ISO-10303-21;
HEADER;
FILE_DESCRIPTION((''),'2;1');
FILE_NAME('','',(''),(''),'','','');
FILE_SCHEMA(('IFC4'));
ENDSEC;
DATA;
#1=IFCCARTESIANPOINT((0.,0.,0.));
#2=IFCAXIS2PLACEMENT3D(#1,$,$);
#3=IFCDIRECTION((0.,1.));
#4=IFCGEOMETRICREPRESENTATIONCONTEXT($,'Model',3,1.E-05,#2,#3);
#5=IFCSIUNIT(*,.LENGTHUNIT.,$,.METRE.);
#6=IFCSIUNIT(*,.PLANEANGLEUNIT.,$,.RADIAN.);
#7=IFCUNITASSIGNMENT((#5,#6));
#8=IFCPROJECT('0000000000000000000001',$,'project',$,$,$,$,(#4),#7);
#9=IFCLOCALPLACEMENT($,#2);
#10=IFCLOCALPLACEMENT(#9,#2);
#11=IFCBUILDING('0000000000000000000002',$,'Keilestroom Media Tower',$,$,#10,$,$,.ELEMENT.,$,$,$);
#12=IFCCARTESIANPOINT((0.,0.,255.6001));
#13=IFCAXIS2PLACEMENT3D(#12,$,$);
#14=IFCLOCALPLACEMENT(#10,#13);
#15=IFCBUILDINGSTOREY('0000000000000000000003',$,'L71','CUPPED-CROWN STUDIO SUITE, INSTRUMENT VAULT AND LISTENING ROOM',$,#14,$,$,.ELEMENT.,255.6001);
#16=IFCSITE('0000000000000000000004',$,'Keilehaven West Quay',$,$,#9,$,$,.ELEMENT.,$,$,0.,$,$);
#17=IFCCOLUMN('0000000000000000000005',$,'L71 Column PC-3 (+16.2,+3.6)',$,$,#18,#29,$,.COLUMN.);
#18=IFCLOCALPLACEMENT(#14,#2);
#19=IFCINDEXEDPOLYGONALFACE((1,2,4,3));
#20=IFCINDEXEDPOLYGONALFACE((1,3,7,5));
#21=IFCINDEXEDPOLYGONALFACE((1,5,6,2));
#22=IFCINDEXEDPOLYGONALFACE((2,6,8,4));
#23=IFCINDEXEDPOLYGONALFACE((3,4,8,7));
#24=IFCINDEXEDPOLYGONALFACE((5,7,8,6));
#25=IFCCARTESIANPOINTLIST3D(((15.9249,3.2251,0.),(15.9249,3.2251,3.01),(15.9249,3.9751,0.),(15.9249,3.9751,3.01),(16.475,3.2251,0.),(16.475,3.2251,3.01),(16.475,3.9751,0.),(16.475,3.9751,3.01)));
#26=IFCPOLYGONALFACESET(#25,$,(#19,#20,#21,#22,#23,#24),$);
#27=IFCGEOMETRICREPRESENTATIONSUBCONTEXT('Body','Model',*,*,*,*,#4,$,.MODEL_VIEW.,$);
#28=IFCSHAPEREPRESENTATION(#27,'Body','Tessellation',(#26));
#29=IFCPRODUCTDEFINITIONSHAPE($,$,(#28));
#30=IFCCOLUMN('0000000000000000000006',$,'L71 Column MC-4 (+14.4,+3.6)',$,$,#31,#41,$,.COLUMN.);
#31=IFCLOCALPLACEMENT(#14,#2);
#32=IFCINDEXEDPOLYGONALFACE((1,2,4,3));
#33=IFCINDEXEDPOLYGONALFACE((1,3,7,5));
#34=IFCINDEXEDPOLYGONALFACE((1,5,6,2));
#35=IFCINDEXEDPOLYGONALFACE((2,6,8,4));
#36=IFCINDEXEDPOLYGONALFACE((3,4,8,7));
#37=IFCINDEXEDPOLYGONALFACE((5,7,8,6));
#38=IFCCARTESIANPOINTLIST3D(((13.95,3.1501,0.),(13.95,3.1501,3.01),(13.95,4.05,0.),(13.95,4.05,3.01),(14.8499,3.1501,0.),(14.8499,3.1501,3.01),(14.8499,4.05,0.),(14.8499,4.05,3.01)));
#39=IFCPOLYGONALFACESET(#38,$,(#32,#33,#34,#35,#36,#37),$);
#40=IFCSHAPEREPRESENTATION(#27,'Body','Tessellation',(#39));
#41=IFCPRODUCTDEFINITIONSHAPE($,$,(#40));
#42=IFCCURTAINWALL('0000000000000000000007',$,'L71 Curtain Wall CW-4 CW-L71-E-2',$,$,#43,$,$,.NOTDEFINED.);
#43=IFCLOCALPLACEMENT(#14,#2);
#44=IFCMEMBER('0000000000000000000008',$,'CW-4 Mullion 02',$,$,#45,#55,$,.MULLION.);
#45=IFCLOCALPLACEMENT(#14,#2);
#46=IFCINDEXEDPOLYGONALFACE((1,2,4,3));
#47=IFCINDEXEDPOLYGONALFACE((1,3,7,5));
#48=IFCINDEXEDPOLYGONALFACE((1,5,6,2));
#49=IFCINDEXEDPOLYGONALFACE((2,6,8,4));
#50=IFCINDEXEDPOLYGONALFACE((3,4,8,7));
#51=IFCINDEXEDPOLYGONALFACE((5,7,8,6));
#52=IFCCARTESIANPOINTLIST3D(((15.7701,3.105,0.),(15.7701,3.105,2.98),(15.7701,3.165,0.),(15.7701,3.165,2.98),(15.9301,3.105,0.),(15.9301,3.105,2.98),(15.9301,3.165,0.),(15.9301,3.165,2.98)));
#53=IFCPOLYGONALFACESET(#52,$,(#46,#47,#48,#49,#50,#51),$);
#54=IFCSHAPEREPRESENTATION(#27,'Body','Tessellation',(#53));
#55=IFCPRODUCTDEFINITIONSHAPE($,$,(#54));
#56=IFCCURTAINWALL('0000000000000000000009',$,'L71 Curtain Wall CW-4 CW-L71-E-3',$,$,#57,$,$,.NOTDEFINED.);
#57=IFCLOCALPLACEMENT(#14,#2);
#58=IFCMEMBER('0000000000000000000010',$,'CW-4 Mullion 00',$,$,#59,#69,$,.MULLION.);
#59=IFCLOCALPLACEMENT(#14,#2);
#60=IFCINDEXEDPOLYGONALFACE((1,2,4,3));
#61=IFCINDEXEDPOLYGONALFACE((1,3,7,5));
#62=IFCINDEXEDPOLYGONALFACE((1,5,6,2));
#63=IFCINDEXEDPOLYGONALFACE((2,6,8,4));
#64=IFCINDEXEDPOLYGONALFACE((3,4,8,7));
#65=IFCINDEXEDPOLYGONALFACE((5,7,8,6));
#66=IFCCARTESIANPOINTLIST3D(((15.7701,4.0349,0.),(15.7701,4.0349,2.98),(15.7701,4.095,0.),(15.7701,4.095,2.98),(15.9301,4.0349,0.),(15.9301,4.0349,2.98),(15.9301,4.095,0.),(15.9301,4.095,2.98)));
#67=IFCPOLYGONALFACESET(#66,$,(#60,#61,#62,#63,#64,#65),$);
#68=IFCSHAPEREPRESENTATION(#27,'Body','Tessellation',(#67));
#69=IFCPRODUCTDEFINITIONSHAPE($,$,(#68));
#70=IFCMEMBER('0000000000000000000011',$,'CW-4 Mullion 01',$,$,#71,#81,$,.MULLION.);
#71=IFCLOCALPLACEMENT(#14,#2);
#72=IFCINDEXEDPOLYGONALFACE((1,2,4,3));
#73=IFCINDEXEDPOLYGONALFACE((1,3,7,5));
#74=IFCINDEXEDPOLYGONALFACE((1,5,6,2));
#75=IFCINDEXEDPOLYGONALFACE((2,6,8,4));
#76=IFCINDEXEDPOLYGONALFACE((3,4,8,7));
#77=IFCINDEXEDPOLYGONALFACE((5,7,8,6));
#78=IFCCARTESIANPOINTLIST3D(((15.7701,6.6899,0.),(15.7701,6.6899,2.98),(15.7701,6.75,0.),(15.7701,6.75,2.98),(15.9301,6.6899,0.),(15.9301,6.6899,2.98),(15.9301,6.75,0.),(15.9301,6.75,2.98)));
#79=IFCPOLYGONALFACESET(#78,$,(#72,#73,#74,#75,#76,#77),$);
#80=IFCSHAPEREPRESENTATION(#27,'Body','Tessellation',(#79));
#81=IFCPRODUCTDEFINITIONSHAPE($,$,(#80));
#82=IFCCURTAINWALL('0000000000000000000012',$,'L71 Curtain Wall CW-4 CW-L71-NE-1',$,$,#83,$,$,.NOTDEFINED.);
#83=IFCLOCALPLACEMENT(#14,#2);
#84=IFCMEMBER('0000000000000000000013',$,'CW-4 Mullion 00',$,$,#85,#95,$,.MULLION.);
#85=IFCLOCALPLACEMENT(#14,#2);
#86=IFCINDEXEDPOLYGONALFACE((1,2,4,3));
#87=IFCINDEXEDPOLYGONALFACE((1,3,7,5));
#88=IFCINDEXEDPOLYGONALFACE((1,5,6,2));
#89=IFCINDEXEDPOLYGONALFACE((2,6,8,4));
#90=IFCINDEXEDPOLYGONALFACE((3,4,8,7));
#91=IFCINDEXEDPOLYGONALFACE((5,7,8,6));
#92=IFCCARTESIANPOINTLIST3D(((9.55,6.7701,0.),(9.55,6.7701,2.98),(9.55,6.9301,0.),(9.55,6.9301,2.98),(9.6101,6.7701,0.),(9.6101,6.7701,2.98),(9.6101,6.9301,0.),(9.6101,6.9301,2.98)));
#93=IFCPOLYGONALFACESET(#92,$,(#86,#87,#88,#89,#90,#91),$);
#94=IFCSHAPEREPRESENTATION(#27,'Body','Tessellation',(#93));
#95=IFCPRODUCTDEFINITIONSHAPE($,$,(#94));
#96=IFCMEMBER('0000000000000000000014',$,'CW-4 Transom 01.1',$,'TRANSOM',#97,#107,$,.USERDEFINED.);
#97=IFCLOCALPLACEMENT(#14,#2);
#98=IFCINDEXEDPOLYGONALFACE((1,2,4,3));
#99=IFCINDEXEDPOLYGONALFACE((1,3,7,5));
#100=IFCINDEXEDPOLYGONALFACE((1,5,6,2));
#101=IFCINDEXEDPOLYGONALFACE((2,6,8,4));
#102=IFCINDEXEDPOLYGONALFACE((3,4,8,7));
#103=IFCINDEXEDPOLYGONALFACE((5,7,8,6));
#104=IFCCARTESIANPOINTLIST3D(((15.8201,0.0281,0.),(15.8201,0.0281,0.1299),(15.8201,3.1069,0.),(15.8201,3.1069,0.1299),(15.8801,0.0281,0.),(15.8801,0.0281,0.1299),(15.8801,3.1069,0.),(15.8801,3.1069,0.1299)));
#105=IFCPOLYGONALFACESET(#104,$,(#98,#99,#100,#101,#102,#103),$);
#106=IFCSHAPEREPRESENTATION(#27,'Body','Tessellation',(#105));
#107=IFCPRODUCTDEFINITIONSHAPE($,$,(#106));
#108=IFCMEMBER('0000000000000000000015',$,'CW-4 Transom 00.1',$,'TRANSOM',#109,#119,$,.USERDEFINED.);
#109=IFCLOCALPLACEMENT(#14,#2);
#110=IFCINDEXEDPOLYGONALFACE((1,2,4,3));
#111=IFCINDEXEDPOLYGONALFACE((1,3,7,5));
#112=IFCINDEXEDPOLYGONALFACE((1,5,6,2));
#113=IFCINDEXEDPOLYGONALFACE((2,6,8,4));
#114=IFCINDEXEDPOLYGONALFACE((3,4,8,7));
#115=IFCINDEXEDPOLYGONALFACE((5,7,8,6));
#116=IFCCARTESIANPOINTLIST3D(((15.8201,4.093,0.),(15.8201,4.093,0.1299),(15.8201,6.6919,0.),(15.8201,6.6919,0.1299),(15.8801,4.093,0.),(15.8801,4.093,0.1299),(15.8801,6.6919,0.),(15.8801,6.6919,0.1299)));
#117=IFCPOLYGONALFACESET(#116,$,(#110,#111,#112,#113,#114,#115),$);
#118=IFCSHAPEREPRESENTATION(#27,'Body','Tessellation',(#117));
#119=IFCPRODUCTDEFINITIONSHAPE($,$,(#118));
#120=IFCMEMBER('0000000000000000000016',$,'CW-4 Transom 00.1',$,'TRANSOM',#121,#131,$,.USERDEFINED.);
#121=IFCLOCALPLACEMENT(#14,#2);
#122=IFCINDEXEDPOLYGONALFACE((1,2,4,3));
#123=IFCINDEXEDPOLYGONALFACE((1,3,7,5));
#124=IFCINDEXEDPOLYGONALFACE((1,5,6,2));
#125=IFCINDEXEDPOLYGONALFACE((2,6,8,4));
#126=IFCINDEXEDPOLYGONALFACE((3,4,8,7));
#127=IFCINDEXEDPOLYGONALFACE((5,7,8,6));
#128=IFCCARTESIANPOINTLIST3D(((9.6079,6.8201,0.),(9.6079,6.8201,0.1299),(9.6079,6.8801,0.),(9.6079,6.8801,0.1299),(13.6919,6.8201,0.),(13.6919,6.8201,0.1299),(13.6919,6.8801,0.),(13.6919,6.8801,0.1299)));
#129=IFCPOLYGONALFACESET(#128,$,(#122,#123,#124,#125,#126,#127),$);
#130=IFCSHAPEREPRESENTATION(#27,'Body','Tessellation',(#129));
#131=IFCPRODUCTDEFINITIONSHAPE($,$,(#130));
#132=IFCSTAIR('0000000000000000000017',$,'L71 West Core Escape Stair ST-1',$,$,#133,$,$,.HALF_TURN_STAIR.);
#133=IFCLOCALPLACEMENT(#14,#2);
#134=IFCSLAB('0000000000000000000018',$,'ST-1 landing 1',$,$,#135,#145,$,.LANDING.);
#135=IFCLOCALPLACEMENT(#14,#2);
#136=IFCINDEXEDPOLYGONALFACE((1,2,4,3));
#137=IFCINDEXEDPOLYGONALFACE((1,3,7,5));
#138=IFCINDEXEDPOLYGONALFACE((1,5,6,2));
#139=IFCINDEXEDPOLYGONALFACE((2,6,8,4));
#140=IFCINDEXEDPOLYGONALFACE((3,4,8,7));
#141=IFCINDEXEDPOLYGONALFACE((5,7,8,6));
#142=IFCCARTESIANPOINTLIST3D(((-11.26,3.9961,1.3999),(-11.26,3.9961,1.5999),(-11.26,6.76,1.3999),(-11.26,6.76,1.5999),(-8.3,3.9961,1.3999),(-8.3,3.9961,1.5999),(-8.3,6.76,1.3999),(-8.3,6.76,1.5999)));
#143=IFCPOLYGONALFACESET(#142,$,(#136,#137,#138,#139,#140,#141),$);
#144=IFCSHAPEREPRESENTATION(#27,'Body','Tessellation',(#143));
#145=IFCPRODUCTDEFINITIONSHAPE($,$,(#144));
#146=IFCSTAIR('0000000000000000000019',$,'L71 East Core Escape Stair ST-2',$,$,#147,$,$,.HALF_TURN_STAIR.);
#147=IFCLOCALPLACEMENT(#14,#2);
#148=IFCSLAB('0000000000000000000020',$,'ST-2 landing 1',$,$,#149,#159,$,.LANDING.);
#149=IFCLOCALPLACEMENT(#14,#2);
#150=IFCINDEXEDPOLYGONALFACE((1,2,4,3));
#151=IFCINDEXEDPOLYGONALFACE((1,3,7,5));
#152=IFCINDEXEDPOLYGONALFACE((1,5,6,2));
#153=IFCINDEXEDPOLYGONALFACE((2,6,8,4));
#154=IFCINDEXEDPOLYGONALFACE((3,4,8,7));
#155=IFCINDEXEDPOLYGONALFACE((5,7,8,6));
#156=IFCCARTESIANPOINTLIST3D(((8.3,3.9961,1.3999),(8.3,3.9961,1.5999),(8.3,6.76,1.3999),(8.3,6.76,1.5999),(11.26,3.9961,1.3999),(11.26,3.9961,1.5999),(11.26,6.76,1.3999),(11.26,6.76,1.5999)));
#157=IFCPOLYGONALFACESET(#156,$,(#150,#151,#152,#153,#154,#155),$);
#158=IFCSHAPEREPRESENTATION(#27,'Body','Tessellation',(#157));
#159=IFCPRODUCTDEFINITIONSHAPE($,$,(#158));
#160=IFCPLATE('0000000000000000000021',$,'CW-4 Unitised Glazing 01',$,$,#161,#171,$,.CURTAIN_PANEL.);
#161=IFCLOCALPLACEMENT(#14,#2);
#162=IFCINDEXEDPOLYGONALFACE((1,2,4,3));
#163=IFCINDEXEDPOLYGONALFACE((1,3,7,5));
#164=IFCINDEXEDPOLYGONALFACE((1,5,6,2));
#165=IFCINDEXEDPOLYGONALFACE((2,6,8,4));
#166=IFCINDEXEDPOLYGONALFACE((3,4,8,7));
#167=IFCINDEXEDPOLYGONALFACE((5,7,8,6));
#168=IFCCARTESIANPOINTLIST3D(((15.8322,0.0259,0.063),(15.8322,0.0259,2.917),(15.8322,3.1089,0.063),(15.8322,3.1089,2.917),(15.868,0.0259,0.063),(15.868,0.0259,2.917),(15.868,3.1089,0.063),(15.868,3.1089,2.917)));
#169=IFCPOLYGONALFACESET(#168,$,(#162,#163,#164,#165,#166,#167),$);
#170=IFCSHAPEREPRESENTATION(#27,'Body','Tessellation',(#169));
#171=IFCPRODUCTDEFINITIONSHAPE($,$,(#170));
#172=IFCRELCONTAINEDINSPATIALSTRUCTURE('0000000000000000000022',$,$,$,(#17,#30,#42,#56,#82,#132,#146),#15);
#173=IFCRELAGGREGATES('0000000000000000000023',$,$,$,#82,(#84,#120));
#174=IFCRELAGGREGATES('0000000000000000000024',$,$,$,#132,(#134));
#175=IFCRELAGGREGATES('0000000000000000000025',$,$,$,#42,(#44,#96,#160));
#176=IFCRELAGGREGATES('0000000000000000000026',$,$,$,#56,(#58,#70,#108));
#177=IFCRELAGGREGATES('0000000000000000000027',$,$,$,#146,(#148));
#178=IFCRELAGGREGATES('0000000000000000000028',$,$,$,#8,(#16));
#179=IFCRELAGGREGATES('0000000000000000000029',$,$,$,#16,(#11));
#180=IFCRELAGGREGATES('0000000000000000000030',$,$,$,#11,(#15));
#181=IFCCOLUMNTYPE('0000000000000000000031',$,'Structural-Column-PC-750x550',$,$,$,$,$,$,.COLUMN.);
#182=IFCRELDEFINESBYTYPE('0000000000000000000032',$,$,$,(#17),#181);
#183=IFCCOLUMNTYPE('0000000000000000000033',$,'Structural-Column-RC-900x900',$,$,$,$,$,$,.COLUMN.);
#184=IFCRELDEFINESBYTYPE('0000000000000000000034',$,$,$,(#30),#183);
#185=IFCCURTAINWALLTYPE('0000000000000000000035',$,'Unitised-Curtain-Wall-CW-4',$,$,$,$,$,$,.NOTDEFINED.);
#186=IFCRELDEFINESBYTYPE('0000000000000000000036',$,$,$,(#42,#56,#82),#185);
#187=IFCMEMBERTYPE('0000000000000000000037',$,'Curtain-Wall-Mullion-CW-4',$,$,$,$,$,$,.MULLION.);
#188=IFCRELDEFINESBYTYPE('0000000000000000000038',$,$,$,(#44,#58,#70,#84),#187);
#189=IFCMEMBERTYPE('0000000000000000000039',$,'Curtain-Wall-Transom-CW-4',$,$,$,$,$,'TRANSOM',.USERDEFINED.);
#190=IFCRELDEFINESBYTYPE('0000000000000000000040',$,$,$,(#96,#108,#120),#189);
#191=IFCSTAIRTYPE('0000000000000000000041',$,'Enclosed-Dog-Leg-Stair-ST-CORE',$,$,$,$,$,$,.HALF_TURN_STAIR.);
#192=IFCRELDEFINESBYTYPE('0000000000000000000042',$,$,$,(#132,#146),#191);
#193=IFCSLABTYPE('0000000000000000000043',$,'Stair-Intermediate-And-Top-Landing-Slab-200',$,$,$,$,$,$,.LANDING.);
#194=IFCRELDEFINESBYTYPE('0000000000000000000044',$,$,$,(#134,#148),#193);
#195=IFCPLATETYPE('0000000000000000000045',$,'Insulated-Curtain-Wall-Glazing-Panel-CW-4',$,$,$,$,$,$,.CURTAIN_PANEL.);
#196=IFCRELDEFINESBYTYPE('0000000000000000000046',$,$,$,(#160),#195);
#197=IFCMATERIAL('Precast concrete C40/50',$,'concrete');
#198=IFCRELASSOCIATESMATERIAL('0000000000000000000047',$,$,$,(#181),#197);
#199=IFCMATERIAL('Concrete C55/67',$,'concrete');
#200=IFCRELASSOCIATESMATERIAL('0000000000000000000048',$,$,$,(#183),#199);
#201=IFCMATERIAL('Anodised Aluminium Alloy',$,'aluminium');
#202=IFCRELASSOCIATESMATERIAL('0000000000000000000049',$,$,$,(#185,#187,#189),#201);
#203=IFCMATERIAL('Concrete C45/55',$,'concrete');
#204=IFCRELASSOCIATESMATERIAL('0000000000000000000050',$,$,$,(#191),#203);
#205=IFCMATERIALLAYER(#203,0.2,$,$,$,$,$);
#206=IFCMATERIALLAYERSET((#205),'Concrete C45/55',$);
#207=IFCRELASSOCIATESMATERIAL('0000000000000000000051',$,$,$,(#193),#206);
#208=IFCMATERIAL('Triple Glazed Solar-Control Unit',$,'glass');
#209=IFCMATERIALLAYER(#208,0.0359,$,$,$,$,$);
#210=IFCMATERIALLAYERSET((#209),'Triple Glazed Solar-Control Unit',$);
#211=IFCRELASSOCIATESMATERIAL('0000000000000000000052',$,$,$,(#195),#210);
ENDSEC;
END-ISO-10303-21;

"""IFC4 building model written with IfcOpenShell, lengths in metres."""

from ifc_helpers import new_model, si_unit, direction, frame, origin, origin_2d, place, context, subcontext, project, spatial, polyline, rectangle, outline, extrude, source, transform, mapped, material, layer, layer_set, material_profile, profile_set, type_object, element, aggregate, save


model = new_model("IFC4")

# Units and contexts
model_context = context("Model", 3, precision=1e-05, world=origin(), true_north=direction((0.0, 1.0)))
body_context = subcontext(model_context, "Body", "Model", "MODEL_VIEW")
ifc_project = project(units=[si_unit("LENGTHUNIT", "METRE"), si_unit("PLANEANGLEUNIT", "RADIAN")], contexts=[model_context])

# Site, building, storey
site_placement = place(None, origin())
site = spatial("IfcSite", under=ifc_project, at=site_placement, Name="Keilehaven West Quay", CompositionType="ELEMENT", RefElevation=0.0)
building_placement = place(site_placement, origin())
building = spatial("IfcBuilding", under=site, at=building_placement, Name="Keilestroom Media Tower", CompositionType="ELEMENT")
storey_placement = place(building_placement, frame((0.0, 0.0, 255.6001)))
storey = spatial("IfcBuildingStorey", under=building, at=storey_placement, Name="L71", Description="CUPPED-CROWN STUDIO SUITE, INSTRUMENT VAULT AND LISTENING ROOM", CompositionType="ELEMENT", Elevation=255.6001)

# Columns
ifc_material_1 = material(Name="Precast concrete C40/50", Category="concrete")
ifc_material_profile_1 = material_profile(ifc_material_1, rectangle(XDim=0.55, YDim=0.75, at=origin_2d()), Name="PC 750x550")
ifc_profile_set_1 = profile_set([ifc_material_profile_1], Name="Precast concrete C40/50")
column_type_1 = type_object("IfcColumnType", Name="Structural-Column-PC-750x550", PredefinedType="COLUMN", material=ifc_profile_set_1)
shared_shape_1 = source(origin(), body_context, "Body", "SweptSolid", [
    extrude(rectangle(XDim=0.55, YDim=0.75, at=origin_2d()), origin(), (0.0, 0.0, 1.0), 3.01),
])
column_1_placement = place(storey_placement, frame((16.2, 3.6001, 0.0), z_axis=(0.0, 0.0, 1.0), x_axis=(1.0, 0.0, 0.0)))
element("IfcColumn", 1, at=column_1_placement, inside=storey, type_object=column_type_1, Name="L71 Column PC-3 (+16.2,+3.6)", PredefinedType="COLUMN", context=body_context, shape_type="MappedRepresentation", body=[
    mapped(shared_shape_1, transform((0.0, 0.0, 0.0), x_axis=(1.0, 0.0, 0.0), y_axis=(0.0, 1.0, 0.0), z_axis=(0.0, 0.0, 1.0), scale=1.0)),
])
ifc_material_2 = material(Name="Concrete C55/67", Category="concrete")
ifc_material_profile_2 = material_profile(ifc_material_2, rectangle(XDim=0.8999, YDim=0.8999, at=origin_2d()), Name="RC 900x900")
ifc_profile_set_2 = profile_set([ifc_material_profile_2], Name="Concrete C55/67")
column_type_2 = type_object("IfcColumnType", Name="Structural-Column-RC-900x900", PredefinedType="COLUMN", material=ifc_profile_set_2)
shared_shape_2 = source(origin(), body_context, "Body", "SweptSolid", [
    extrude(rectangle(XDim=0.8999, YDim=0.8999, at=origin_2d()), origin(), (0.0, 0.0, 1.0), 3.01),
])
column_2_placement = place(storey_placement, frame((14.3999, 3.6001, 0.0), z_axis=(0.0, 0.0, 1.0), x_axis=(1.0, 0.0, 0.0)))
element("IfcColumn", 2, at=column_2_placement, inside=storey, type_object=column_type_2, Name="L71 Column MC-4 (+14.4,+3.6)", PredefinedType="COLUMN", context=body_context, shape_type="MappedRepresentation", body=[
    mapped(shared_shape_2, transform((0.0, 0.0, 0.0), x_axis=(1.0, 0.0, 0.0), y_axis=(0.0, 1.0, 0.0), z_axis=(0.0, 0.0, 1.0), scale=1.0)),
])

# Curtain wall, member
ifc_material_3 = material(Name="Anodised Aluminium Alloy", Category="aluminium")
curtain_wall_type = type_object("IfcCurtainWallType", Name="Unitised-Curtain-Wall-CW-4", PredefinedType="NOTDEFINED", material=ifc_material_3)
curtain_wall_1_placement = place(storey_placement, origin())
curtain_wall_1 = element("IfcCurtainWall", 3, at=curtain_wall_1_placement, inside=storey, type_object=curtain_wall_type, Name="L71 Curtain Wall CW-4 CW-L71-E-2", PredefinedType="NOTDEFINED")
ifc_material_profile_3 = material_profile(ifc_material_3, rectangle(XDim=0.0601, YDim=0.1599, at=origin_2d()), Name="ALU MULLION 60x160")
ifc_profile_set_3 = profile_set([ifc_material_profile_3], Name="Anodised Aluminium Alloy")
member_type_1 = type_object("IfcMemberType", Name="Curtain-Wall-Mullion-CW-4", PredefinedType="MULLION", material=ifc_profile_set_3)
shared_shape_3 = source(origin(), body_context, "Body", "SweptSolid", [
    extrude(rectangle(XDim=0.0601, YDim=0.1599, at=origin_2d()), origin(), (0.0, 0.0, 1.0), 2.98),
])
member_1_placement = place(storey_placement, frame((15.8501, 3.135, 0.0), z_axis=(0.0, 0.0, 1.0), x_axis=(0.0, 1.0, 0.0)))
member_1 = element("IfcMember", 4, at=member_1_placement, type_object=member_type_1, Name="CW-4 Mullion 02", PredefinedType="MULLION", context=body_context, shape_type="MappedRepresentation", body=[
    mapped(shared_shape_3, transform((0.0, 0.0, 0.0), x_axis=(1.0, 0.0, 0.0), y_axis=(0.0, 1.0, 0.0), z_axis=(0.0, 0.0, 1.0), scale=1.0)),
])

# Curtain wall, members
curtain_wall_2_placement = place(storey_placement, origin())
curtain_wall_2 = element("IfcCurtainWall", 5, at=curtain_wall_2_placement, inside=storey, type_object=curtain_wall_type, Name="L71 Curtain Wall CW-4 CW-L71-E-3", PredefinedType="NOTDEFINED")
member_2_placement = place(storey_placement, frame((15.8501, 4.0649, 0.0), z_axis=(0.0, 0.0, 1.0), x_axis=(0.0, 1.0, 0.0)))
member_2 = element("IfcMember", 6, at=member_2_placement, type_object=member_type_1, Name="CW-4 Mullion 00", PredefinedType="MULLION", context=body_context, shape_type="MappedRepresentation", body=[
    mapped(shared_shape_3, transform((0.0, 0.0, 0.0), x_axis=(1.0, 0.0, 0.0), y_axis=(0.0, 1.0, 0.0), z_axis=(0.0, 0.0, 1.0), scale=1.0)),
])
member_3_placement = place(storey_placement, frame((15.8501, 6.72, 0.0), z_axis=(0.0, 0.0, 1.0), x_axis=(0.0, 1.0, 0.0)))
member_3 = element("IfcMember", 7, at=member_3_placement, type_object=member_type_1, Name="CW-4 Mullion 01", PredefinedType="MULLION", context=body_context, shape_type="MappedRepresentation", body=[
    mapped(shared_shape_3, transform((0.0, 0.0, 0.0), x_axis=(1.0, 0.0, 0.0), y_axis=(0.0, 1.0, 0.0), z_axis=(0.0, 0.0, 1.0), scale=1.0)),
])

# Curtain wall, member
curtain_wall_3_placement = place(storey_placement, origin())
curtain_wall_3 = element("IfcCurtainWall", 8, at=curtain_wall_3_placement, inside=storey, type_object=curtain_wall_type, Name="L71 Curtain Wall CW-4 CW-L71-NE-1", PredefinedType="NOTDEFINED")
member_4_placement = place(storey_placement, frame((9.5801, 6.8501, 0.0), z_axis=(0.0, 0.0, 1.0), x_axis=(1.0, 0.0, 0.0)))
member_4 = element("IfcMember", 9, at=member_4_placement, type_object=member_type_1, Name="CW-4 Mullion 00", PredefinedType="MULLION", context=body_context, shape_type="MappedRepresentation", body=[
    mapped(shared_shape_3, transform((0.0, 0.0, 0.0), x_axis=(1.0, 0.0, 0.0), y_axis=(0.0, 1.0, 0.0), z_axis=(0.0, 0.0, 1.0), scale=1.0)),
])

# Members
ifc_material_profile_4 = material_profile(ifc_material_3, rectangle(XDim=0.0601, YDim=0.1299, at=origin_2d()), Name="ALU TRANSOM 60x130")
ifc_profile_set_4 = profile_set([ifc_material_profile_4], Name="Anodised Aluminium Alloy")
member_type_2 = type_object("IfcMemberType", Name="Curtain-Wall-Transom-CW-4", ElementType="TRANSOM", PredefinedType="USERDEFINED", material=ifc_profile_set_4)
shared_shape_4 = source(origin(), body_context, "Body", "SweptSolid", [
    extrude(rectangle(XDim=0.0601, YDim=0.1299, at=origin_2d()), origin(), (0.0, 0.0, 1.0), 3.0789),
])
member_5_placement = place(storey_placement, frame((15.8501, 0.0281, 0.0649), z_axis=(0.0, 1.0, 0.0), x_axis=(-1.0, 0.0, 0.0)))
member_5 = element("IfcMember", 10, at=member_5_placement, type_object=member_type_2, Name="CW-4 Transom 01.1", ObjectType="TRANSOM", PredefinedType="USERDEFINED", context=body_context, shape_type="MappedRepresentation", body=[
    mapped(shared_shape_4, transform((0.0, 0.0, 0.0), x_axis=(1.0, 0.0, 0.0), y_axis=(0.0, 1.0, 0.0), z_axis=(0.0, 0.0, 1.0), scale=1.0)),
])
shared_shape_5 = source(origin(), body_context, "Body", "SweptSolid", [
    extrude(rectangle(XDim=0.0601, YDim=0.1299, at=origin_2d()), origin(), (0.0, 0.0, 1.0), 2.5989),
])
member_6_placement = place(storey_placement, frame((15.8501, 4.093, 0.0649), z_axis=(0.0, 1.0, 0.0), x_axis=(-1.0, 0.0, 0.0)))
member_6 = element("IfcMember", 11, at=member_6_placement, type_object=member_type_2, Name="CW-4 Transom 00.1", ObjectType="TRANSOM", PredefinedType="USERDEFINED", context=body_context, shape_type="MappedRepresentation", body=[
    mapped(shared_shape_5, transform((0.0, 0.0, 0.0), x_axis=(1.0, 0.0, 0.0), y_axis=(0.0, 1.0, 0.0), z_axis=(0.0, 0.0, 1.0), scale=1.0)),
])
shared_shape_6 = source(origin(), body_context, "Body", "SweptSolid", [
    extrude(rectangle(XDim=0.0601, YDim=0.1299, at=origin_2d()), origin(), (0.0, 0.0, 1.0), 4.084),
])
member_7_placement = place(storey_placement, frame((9.6079, 6.8501, 0.0649), z_axis=(1.0, 0.0, 0.0), x_axis=(0.0, 1.0, 0.0)))
member_7 = element("IfcMember", 12, at=member_7_placement, type_object=member_type_2, Name="CW-4 Transom 00.1", ObjectType="TRANSOM", PredefinedType="USERDEFINED", context=body_context, shape_type="MappedRepresentation", body=[
    mapped(shared_shape_6, transform((0.0, 0.0, 0.0), x_axis=(1.0, 0.0, 0.0), y_axis=(0.0, 1.0, 0.0), z_axis=(0.0, 0.0, 1.0), scale=1.0)),
])
aggregate(curtain_wall_3, [member_4, member_7])

# Stairs, slabs
ifc_material_4 = material(Name="Concrete C45/55", Category="concrete")
stair_type = type_object("IfcStairType", Name="Enclosed-Dog-Leg-Stair-ST-CORE", PredefinedType="HALF_TURN_STAIR", material=ifc_material_4)
stair_1_placement = place(storey_placement, origin())
stair_1 = element("IfcStair", 13, at=stair_1_placement, inside=storey, type_object=stair_type, Name="L71 West Core Escape Stair ST-1", PredefinedType="HALF_TURN_STAIR")
ifc_layer_1 = layer(ifc_material_4, 0.2)
ifc_layer_set_1 = layer_set([ifc_layer_1], Name="Concrete C45/55")
slab_type = type_object("IfcSlabType", Name="Stair-Intermediate-And-Top-Landing-Slab-200", PredefinedType="LANDING", material=ifc_layer_set_1)
slab_1_placement = place(storey_placement, frame((0.0, 0.0, 1.3999)))
slab_1 = element("IfcSlab", 14, at=slab_1_placement, type_object=slab_type, Name="ST-1 landing 1", PredefinedType="LANDING", context=body_context, shape_type="SweptSolid", body=[
    extrude(outline(polyline([(-8.3, 3.9961), (-8.3, 6.76), (-11.26, 6.76), (-11.26, 3.9961), (-8.3, 3.9961)])), origin(), (0.0, 0.0, 1.0), 0.2),
])
aggregate(stair_1, [slab_1])
stair_2_placement = place(storey_placement, origin())
stair_2 = element("IfcStair", 15, at=stair_2_placement, inside=storey, type_object=stair_type, Name="L71 East Core Escape Stair ST-2", PredefinedType="HALF_TURN_STAIR")
slab_2_placement = place(storey_placement, frame((0.0, 0.0, 1.3999)))
slab_2 = element("IfcSlab", 16, at=slab_2_placement, type_object=slab_type, Name="ST-2 landing 1", PredefinedType="LANDING", context=body_context, shape_type="SweptSolid", body=[
    extrude(outline(polyline([(11.26, 3.9961), (11.26, 6.76), (8.3, 6.76), (8.3, 3.9961), (11.26, 3.9961)])), origin(), (0.0, 0.0, 1.0), 0.2),
])

# Plate
ifc_material_5 = material(Name="Triple Glazed Solar-Control Unit", Category="glass")
ifc_layer_2 = layer(ifc_material_5, 0.0359)
ifc_layer_set_2 = layer_set([ifc_layer_2], Name="Triple Glazed Solar-Control Unit")
plate_type = type_object("IfcPlateType", Name="Insulated-Curtain-Wall-Glazing-Panel-CW-4", PredefinedType="CURTAIN_PANEL", material=ifc_layer_set_2)
shared_shape_7 = source(origin(), body_context, "Body", "SweptSolid", [
    extrude(rectangle(XDim=3.083, YDim=0.0359, at=origin_2d()), origin(), (0.0, 0.0, 1.0), 2.854),
])
plate_1_placement = place(storey_placement, frame((15.8501, 1.5674, 0.063), z_axis=(0.0, 0.0, 1.0), x_axis=(0.0, 1.0, 0.0)))
plate_1 = element("IfcPlate", 17, at=plate_1_placement, type_object=plate_type, Name="CW-4 Unitised Glazing 01", PredefinedType="CURTAIN_PANEL", context=body_context, shape_type="MappedRepresentation", body=[
    mapped(shared_shape_7, transform((0.0, 0.0, 0.0), x_axis=(1.0, 0.0, 0.0), y_axis=(0.0, 1.0, 0.0), z_axis=(0.0, 0.0, 1.0), scale=1.0)),
])
aggregate(curtain_wall_1, [member_1, member_5, plate_1])
aggregate(curtain_wall_2, [member_2, member_3, member_6])

aggregate(stair_2, [slab_2])

save(model, "model.ifc")
